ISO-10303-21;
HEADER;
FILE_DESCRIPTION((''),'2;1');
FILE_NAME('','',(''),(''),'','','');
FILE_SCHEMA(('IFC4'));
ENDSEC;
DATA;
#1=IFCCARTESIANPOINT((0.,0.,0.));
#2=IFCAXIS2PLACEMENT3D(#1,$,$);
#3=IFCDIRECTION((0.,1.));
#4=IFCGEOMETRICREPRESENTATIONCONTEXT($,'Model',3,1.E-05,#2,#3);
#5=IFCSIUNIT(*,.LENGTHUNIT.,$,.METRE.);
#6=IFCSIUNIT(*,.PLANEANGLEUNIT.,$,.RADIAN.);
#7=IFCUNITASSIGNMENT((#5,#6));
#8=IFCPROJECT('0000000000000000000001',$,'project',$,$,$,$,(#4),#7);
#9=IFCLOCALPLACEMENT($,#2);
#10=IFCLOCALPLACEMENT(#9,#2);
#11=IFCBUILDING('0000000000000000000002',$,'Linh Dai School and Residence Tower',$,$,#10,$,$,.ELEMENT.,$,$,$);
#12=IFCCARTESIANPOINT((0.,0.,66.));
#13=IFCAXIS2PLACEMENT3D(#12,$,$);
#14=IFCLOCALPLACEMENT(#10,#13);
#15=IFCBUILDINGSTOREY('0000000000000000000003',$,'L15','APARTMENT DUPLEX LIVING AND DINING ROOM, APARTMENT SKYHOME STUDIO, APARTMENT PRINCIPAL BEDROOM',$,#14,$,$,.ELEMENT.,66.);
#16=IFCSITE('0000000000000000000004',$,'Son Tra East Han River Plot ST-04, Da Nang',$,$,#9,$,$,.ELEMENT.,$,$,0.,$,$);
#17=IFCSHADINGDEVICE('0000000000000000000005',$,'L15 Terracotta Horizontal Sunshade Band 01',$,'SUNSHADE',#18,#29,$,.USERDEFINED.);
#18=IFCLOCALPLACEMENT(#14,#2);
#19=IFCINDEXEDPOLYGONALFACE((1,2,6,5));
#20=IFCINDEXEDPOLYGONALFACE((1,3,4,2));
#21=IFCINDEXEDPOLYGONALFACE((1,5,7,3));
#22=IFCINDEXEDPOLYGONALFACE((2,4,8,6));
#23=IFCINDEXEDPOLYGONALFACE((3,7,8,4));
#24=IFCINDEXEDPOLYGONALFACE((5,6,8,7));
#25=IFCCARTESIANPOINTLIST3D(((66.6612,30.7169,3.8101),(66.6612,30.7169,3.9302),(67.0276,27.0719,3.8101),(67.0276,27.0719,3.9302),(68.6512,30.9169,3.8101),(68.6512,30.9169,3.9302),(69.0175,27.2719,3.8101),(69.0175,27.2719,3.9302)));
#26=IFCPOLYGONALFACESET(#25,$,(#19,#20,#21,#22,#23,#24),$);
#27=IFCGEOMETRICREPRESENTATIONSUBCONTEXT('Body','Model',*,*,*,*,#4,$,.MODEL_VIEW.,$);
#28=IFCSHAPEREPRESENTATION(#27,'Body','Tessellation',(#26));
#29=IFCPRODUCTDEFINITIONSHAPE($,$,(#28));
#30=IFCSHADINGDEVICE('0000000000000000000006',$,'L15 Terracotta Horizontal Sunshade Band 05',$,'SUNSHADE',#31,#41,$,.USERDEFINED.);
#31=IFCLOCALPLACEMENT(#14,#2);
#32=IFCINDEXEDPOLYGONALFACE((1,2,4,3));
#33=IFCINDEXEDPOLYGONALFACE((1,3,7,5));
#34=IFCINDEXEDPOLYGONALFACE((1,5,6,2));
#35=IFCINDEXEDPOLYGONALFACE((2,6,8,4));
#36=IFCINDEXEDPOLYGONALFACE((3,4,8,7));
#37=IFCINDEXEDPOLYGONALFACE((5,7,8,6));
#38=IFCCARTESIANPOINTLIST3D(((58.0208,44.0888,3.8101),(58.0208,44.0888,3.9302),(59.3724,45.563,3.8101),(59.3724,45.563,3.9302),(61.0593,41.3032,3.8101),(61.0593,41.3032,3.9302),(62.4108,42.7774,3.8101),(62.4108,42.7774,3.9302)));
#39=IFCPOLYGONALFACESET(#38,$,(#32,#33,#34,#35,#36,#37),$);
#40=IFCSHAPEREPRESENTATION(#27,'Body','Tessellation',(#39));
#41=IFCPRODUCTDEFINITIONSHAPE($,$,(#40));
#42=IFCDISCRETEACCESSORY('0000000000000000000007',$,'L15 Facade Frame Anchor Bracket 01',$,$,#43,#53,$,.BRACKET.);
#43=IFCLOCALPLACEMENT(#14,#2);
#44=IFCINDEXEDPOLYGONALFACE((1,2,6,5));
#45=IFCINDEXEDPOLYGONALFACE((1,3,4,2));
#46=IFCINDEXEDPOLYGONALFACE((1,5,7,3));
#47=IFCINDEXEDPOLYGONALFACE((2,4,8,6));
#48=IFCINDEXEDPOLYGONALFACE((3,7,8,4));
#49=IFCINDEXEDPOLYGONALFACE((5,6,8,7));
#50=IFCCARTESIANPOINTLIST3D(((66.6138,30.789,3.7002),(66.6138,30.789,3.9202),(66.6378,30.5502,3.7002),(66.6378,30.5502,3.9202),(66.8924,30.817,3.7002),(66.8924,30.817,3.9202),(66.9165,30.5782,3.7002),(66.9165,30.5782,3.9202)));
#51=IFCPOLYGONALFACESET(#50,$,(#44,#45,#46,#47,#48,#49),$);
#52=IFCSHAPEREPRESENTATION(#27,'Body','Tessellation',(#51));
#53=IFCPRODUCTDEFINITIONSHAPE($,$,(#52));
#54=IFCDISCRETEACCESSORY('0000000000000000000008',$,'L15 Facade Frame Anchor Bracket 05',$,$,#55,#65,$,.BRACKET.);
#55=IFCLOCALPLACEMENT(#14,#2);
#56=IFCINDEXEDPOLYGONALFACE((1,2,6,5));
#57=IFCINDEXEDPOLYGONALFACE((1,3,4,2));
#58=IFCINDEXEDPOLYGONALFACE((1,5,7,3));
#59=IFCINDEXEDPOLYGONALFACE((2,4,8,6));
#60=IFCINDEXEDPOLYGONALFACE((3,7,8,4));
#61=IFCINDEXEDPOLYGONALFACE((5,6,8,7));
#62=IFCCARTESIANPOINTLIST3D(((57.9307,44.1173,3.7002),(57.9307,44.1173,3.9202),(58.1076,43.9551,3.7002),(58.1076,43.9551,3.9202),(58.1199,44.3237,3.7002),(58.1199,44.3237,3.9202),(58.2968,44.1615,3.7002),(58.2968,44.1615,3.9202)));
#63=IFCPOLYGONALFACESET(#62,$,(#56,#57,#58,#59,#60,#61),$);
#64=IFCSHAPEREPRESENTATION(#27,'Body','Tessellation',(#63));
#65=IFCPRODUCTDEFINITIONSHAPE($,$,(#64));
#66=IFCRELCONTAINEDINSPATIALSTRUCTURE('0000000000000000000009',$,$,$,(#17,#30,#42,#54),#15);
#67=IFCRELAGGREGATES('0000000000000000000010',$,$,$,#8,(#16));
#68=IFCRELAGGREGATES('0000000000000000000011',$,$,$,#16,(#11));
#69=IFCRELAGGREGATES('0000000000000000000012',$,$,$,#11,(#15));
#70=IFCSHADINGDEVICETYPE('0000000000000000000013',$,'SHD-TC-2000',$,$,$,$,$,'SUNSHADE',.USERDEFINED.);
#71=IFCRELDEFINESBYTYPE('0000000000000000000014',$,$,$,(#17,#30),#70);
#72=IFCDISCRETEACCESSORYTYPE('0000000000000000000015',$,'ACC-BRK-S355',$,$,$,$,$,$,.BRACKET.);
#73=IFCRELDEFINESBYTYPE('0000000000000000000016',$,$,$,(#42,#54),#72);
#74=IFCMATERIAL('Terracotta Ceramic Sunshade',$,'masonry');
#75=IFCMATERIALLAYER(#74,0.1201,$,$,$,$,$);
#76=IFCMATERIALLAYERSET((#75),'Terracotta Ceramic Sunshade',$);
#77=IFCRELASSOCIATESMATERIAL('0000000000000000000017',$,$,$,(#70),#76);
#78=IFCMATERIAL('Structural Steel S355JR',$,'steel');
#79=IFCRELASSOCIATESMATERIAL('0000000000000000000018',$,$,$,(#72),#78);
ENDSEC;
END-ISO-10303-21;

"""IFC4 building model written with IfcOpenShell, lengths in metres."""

from ifc_helpers import new_model, si_unit, direction, frame, origin, origin_2d, place, context, subcontext, project, spatial, rectangle, extrude, source, transform, mapped, material, layer, layer_set, type_object, element, save


model = new_model("IFC4")

# Units and contexts
model_context = context("Model", 3, precision=1e-05, world=origin(), true_north=direction((0.0, 1.0)))
body_context = subcontext(model_context, "Body", "Model", "MODEL_VIEW")
ifc_project = project(units=[si_unit("LENGTHUNIT", "METRE"), si_unit("PLANEANGLEUNIT", "RADIAN")], contexts=[model_context])

# Site, building, storey
site_placement = place(None, origin())
site = spatial("IfcSite", under=ifc_project, at=site_placement, Name="Son Tra East Han River Plot ST-04, Da Nang", CompositionType="ELEMENT", RefElevation=0.0)
building_placement = place(site_placement, origin())
building = spatial("IfcBuilding", under=site, at=building_placement, Name="Linh Dai School and Residence Tower", CompositionType="ELEMENT")
storey_placement = place(building_placement, frame((0.0, 0.0, 66.0)))
storey = spatial("IfcBuildingStorey", under=building, at=storey_placement, Name="L15", Description="APARTMENT DUPLEX LIVING AND DINING ROOM, APARTMENT SKYHOME STUDIO, APARTMENT PRINCIPAL BEDROOM", CompositionType="ELEMENT", Elevation=66.0)

# Shared definitions
ifc_material_1 = material(Name="Structural Steel S355JR", Category="steel")

# Shading devices
ifc_material_2 = material(Name="Terracotta Ceramic Sunshade", Category="masonry")
ifc_layer_1 = layer(ifc_material_2, 0.1201)
ifc_layer_set_1 = layer_set([ifc_layer_1], Name="Terracotta Ceramic Sunshade")
shading_device_type = type_object("IfcShadingDeviceType", Name="SHD-TC-2000", ElementType="SUNSHADE", PredefinedType="USERDEFINED", material=ifc_layer_set_1)
shared_shape_1 = source(origin(), body_context, "Body", "SweptSolid", [
    extrude(rectangle(XDim=3.6633, YDim=2.0, at=origin_2d()), origin(), (0.0, 0.0, 1.0), 0.1201),
])
shading_device_1_placement = place(storey_placement, frame((67.8394, 28.9944, 3.8101), z_axis=(0.0, 0.0, 1.0), x_axis=(0.100009, -0.994986, 0.0)))
element("IfcShadingDevice", 1, at=shading_device_1_placement, inside=storey, type_object=shading_device_type, Name="L15 Terracotta Horizontal Sunshade Band 01", ObjectType="SUNSHADE", PredefinedType="USERDEFINED", context=body_context, shape_type="MappedRepresentation", body=[
    mapped(shared_shape_1, transform((0.0, 0.0, 0.0), x_axis=(1.0, 0.0, 0.0), y_axis=(0.0, 1.0, 0.0), z_axis=(0.0, 0.0, 1.0), scale=1.0)),
])
shared_shape_2 = source(origin(), body_context, "Body", "SweptSolid", [
    extrude(rectangle(XDim=4.1221, YDim=2.0, at=origin_2d()), origin(), (0.0, 0.0, 1.0), 0.1201),
])
shading_device_2_placement = place(storey_placement, frame((60.2158, 43.4331, 3.8101), z_axis=(0.0, 0.0, 1.0), x_axis=(0.737113, -0.675769, 0.0)))
element("IfcShadingDevice", 2, at=shading_device_2_placement, inside=storey, type_object=shading_device_type, Name="L15 Terracotta Horizontal Sunshade Band 05", ObjectType="SUNSHADE", PredefinedType="USERDEFINED", context=body_context, shape_type="MappedRepresentation", body=[
    mapped(shared_shape_2, transform((0.0, 0.0, 0.0), x_axis=(1.0, 0.0, 0.0), y_axis=(0.0, 1.0, 0.0), z_axis=(0.0, 0.0, 1.0), scale=1.0)),
])

# Discrete accessories
discrete_accessory_type = type_object("IfcDiscreteAccessoryType", Name="ACC-BRK-S355", PredefinedType="BRACKET", material=ifc_material_1)
shared_shape_3 = source(origin(), body_context, "Body", "SweptSolid", [
    extrude(rectangle(XDim=0.28, YDim=0.24, at=origin_2d()), origin(), (0.0, 0.0, 1.0), 0.22),
])
for number, where, z_axis, x_axis, name in (
    (3, (66.7651, 30.6836, 3.7002), (0.0, 0.0, 1.0), (0.994986, 0.100009, 0.0), "L15 Facade Frame Anchor Bracket 01"),
    (4, (58.1138, 44.1394, 3.7002), (0.0, 0.0, 1.0), (0.675769, 0.737113, 0.0), "L15 Facade Frame Anchor Bracket 05"),
):
    element("IfcDiscreteAccessory", number, at=place(storey_placement, frame(where, z_axis=z_axis, x_axis=x_axis)), inside=storey, type_object=discrete_accessory_type, Name=name, PredefinedType="BRACKET", context=body_context, shape_type="MappedRepresentation", body=[
        mapped(shared_shape_3, transform((0.0, 0.0, 0.0), x_axis=(1.0, 0.0, 0.0), y_axis=(0.0, 1.0, 0.0), z_axis=(0.0, 0.0, 1.0), scale=1.0)),
    ])

save(model, "model.ifc")
